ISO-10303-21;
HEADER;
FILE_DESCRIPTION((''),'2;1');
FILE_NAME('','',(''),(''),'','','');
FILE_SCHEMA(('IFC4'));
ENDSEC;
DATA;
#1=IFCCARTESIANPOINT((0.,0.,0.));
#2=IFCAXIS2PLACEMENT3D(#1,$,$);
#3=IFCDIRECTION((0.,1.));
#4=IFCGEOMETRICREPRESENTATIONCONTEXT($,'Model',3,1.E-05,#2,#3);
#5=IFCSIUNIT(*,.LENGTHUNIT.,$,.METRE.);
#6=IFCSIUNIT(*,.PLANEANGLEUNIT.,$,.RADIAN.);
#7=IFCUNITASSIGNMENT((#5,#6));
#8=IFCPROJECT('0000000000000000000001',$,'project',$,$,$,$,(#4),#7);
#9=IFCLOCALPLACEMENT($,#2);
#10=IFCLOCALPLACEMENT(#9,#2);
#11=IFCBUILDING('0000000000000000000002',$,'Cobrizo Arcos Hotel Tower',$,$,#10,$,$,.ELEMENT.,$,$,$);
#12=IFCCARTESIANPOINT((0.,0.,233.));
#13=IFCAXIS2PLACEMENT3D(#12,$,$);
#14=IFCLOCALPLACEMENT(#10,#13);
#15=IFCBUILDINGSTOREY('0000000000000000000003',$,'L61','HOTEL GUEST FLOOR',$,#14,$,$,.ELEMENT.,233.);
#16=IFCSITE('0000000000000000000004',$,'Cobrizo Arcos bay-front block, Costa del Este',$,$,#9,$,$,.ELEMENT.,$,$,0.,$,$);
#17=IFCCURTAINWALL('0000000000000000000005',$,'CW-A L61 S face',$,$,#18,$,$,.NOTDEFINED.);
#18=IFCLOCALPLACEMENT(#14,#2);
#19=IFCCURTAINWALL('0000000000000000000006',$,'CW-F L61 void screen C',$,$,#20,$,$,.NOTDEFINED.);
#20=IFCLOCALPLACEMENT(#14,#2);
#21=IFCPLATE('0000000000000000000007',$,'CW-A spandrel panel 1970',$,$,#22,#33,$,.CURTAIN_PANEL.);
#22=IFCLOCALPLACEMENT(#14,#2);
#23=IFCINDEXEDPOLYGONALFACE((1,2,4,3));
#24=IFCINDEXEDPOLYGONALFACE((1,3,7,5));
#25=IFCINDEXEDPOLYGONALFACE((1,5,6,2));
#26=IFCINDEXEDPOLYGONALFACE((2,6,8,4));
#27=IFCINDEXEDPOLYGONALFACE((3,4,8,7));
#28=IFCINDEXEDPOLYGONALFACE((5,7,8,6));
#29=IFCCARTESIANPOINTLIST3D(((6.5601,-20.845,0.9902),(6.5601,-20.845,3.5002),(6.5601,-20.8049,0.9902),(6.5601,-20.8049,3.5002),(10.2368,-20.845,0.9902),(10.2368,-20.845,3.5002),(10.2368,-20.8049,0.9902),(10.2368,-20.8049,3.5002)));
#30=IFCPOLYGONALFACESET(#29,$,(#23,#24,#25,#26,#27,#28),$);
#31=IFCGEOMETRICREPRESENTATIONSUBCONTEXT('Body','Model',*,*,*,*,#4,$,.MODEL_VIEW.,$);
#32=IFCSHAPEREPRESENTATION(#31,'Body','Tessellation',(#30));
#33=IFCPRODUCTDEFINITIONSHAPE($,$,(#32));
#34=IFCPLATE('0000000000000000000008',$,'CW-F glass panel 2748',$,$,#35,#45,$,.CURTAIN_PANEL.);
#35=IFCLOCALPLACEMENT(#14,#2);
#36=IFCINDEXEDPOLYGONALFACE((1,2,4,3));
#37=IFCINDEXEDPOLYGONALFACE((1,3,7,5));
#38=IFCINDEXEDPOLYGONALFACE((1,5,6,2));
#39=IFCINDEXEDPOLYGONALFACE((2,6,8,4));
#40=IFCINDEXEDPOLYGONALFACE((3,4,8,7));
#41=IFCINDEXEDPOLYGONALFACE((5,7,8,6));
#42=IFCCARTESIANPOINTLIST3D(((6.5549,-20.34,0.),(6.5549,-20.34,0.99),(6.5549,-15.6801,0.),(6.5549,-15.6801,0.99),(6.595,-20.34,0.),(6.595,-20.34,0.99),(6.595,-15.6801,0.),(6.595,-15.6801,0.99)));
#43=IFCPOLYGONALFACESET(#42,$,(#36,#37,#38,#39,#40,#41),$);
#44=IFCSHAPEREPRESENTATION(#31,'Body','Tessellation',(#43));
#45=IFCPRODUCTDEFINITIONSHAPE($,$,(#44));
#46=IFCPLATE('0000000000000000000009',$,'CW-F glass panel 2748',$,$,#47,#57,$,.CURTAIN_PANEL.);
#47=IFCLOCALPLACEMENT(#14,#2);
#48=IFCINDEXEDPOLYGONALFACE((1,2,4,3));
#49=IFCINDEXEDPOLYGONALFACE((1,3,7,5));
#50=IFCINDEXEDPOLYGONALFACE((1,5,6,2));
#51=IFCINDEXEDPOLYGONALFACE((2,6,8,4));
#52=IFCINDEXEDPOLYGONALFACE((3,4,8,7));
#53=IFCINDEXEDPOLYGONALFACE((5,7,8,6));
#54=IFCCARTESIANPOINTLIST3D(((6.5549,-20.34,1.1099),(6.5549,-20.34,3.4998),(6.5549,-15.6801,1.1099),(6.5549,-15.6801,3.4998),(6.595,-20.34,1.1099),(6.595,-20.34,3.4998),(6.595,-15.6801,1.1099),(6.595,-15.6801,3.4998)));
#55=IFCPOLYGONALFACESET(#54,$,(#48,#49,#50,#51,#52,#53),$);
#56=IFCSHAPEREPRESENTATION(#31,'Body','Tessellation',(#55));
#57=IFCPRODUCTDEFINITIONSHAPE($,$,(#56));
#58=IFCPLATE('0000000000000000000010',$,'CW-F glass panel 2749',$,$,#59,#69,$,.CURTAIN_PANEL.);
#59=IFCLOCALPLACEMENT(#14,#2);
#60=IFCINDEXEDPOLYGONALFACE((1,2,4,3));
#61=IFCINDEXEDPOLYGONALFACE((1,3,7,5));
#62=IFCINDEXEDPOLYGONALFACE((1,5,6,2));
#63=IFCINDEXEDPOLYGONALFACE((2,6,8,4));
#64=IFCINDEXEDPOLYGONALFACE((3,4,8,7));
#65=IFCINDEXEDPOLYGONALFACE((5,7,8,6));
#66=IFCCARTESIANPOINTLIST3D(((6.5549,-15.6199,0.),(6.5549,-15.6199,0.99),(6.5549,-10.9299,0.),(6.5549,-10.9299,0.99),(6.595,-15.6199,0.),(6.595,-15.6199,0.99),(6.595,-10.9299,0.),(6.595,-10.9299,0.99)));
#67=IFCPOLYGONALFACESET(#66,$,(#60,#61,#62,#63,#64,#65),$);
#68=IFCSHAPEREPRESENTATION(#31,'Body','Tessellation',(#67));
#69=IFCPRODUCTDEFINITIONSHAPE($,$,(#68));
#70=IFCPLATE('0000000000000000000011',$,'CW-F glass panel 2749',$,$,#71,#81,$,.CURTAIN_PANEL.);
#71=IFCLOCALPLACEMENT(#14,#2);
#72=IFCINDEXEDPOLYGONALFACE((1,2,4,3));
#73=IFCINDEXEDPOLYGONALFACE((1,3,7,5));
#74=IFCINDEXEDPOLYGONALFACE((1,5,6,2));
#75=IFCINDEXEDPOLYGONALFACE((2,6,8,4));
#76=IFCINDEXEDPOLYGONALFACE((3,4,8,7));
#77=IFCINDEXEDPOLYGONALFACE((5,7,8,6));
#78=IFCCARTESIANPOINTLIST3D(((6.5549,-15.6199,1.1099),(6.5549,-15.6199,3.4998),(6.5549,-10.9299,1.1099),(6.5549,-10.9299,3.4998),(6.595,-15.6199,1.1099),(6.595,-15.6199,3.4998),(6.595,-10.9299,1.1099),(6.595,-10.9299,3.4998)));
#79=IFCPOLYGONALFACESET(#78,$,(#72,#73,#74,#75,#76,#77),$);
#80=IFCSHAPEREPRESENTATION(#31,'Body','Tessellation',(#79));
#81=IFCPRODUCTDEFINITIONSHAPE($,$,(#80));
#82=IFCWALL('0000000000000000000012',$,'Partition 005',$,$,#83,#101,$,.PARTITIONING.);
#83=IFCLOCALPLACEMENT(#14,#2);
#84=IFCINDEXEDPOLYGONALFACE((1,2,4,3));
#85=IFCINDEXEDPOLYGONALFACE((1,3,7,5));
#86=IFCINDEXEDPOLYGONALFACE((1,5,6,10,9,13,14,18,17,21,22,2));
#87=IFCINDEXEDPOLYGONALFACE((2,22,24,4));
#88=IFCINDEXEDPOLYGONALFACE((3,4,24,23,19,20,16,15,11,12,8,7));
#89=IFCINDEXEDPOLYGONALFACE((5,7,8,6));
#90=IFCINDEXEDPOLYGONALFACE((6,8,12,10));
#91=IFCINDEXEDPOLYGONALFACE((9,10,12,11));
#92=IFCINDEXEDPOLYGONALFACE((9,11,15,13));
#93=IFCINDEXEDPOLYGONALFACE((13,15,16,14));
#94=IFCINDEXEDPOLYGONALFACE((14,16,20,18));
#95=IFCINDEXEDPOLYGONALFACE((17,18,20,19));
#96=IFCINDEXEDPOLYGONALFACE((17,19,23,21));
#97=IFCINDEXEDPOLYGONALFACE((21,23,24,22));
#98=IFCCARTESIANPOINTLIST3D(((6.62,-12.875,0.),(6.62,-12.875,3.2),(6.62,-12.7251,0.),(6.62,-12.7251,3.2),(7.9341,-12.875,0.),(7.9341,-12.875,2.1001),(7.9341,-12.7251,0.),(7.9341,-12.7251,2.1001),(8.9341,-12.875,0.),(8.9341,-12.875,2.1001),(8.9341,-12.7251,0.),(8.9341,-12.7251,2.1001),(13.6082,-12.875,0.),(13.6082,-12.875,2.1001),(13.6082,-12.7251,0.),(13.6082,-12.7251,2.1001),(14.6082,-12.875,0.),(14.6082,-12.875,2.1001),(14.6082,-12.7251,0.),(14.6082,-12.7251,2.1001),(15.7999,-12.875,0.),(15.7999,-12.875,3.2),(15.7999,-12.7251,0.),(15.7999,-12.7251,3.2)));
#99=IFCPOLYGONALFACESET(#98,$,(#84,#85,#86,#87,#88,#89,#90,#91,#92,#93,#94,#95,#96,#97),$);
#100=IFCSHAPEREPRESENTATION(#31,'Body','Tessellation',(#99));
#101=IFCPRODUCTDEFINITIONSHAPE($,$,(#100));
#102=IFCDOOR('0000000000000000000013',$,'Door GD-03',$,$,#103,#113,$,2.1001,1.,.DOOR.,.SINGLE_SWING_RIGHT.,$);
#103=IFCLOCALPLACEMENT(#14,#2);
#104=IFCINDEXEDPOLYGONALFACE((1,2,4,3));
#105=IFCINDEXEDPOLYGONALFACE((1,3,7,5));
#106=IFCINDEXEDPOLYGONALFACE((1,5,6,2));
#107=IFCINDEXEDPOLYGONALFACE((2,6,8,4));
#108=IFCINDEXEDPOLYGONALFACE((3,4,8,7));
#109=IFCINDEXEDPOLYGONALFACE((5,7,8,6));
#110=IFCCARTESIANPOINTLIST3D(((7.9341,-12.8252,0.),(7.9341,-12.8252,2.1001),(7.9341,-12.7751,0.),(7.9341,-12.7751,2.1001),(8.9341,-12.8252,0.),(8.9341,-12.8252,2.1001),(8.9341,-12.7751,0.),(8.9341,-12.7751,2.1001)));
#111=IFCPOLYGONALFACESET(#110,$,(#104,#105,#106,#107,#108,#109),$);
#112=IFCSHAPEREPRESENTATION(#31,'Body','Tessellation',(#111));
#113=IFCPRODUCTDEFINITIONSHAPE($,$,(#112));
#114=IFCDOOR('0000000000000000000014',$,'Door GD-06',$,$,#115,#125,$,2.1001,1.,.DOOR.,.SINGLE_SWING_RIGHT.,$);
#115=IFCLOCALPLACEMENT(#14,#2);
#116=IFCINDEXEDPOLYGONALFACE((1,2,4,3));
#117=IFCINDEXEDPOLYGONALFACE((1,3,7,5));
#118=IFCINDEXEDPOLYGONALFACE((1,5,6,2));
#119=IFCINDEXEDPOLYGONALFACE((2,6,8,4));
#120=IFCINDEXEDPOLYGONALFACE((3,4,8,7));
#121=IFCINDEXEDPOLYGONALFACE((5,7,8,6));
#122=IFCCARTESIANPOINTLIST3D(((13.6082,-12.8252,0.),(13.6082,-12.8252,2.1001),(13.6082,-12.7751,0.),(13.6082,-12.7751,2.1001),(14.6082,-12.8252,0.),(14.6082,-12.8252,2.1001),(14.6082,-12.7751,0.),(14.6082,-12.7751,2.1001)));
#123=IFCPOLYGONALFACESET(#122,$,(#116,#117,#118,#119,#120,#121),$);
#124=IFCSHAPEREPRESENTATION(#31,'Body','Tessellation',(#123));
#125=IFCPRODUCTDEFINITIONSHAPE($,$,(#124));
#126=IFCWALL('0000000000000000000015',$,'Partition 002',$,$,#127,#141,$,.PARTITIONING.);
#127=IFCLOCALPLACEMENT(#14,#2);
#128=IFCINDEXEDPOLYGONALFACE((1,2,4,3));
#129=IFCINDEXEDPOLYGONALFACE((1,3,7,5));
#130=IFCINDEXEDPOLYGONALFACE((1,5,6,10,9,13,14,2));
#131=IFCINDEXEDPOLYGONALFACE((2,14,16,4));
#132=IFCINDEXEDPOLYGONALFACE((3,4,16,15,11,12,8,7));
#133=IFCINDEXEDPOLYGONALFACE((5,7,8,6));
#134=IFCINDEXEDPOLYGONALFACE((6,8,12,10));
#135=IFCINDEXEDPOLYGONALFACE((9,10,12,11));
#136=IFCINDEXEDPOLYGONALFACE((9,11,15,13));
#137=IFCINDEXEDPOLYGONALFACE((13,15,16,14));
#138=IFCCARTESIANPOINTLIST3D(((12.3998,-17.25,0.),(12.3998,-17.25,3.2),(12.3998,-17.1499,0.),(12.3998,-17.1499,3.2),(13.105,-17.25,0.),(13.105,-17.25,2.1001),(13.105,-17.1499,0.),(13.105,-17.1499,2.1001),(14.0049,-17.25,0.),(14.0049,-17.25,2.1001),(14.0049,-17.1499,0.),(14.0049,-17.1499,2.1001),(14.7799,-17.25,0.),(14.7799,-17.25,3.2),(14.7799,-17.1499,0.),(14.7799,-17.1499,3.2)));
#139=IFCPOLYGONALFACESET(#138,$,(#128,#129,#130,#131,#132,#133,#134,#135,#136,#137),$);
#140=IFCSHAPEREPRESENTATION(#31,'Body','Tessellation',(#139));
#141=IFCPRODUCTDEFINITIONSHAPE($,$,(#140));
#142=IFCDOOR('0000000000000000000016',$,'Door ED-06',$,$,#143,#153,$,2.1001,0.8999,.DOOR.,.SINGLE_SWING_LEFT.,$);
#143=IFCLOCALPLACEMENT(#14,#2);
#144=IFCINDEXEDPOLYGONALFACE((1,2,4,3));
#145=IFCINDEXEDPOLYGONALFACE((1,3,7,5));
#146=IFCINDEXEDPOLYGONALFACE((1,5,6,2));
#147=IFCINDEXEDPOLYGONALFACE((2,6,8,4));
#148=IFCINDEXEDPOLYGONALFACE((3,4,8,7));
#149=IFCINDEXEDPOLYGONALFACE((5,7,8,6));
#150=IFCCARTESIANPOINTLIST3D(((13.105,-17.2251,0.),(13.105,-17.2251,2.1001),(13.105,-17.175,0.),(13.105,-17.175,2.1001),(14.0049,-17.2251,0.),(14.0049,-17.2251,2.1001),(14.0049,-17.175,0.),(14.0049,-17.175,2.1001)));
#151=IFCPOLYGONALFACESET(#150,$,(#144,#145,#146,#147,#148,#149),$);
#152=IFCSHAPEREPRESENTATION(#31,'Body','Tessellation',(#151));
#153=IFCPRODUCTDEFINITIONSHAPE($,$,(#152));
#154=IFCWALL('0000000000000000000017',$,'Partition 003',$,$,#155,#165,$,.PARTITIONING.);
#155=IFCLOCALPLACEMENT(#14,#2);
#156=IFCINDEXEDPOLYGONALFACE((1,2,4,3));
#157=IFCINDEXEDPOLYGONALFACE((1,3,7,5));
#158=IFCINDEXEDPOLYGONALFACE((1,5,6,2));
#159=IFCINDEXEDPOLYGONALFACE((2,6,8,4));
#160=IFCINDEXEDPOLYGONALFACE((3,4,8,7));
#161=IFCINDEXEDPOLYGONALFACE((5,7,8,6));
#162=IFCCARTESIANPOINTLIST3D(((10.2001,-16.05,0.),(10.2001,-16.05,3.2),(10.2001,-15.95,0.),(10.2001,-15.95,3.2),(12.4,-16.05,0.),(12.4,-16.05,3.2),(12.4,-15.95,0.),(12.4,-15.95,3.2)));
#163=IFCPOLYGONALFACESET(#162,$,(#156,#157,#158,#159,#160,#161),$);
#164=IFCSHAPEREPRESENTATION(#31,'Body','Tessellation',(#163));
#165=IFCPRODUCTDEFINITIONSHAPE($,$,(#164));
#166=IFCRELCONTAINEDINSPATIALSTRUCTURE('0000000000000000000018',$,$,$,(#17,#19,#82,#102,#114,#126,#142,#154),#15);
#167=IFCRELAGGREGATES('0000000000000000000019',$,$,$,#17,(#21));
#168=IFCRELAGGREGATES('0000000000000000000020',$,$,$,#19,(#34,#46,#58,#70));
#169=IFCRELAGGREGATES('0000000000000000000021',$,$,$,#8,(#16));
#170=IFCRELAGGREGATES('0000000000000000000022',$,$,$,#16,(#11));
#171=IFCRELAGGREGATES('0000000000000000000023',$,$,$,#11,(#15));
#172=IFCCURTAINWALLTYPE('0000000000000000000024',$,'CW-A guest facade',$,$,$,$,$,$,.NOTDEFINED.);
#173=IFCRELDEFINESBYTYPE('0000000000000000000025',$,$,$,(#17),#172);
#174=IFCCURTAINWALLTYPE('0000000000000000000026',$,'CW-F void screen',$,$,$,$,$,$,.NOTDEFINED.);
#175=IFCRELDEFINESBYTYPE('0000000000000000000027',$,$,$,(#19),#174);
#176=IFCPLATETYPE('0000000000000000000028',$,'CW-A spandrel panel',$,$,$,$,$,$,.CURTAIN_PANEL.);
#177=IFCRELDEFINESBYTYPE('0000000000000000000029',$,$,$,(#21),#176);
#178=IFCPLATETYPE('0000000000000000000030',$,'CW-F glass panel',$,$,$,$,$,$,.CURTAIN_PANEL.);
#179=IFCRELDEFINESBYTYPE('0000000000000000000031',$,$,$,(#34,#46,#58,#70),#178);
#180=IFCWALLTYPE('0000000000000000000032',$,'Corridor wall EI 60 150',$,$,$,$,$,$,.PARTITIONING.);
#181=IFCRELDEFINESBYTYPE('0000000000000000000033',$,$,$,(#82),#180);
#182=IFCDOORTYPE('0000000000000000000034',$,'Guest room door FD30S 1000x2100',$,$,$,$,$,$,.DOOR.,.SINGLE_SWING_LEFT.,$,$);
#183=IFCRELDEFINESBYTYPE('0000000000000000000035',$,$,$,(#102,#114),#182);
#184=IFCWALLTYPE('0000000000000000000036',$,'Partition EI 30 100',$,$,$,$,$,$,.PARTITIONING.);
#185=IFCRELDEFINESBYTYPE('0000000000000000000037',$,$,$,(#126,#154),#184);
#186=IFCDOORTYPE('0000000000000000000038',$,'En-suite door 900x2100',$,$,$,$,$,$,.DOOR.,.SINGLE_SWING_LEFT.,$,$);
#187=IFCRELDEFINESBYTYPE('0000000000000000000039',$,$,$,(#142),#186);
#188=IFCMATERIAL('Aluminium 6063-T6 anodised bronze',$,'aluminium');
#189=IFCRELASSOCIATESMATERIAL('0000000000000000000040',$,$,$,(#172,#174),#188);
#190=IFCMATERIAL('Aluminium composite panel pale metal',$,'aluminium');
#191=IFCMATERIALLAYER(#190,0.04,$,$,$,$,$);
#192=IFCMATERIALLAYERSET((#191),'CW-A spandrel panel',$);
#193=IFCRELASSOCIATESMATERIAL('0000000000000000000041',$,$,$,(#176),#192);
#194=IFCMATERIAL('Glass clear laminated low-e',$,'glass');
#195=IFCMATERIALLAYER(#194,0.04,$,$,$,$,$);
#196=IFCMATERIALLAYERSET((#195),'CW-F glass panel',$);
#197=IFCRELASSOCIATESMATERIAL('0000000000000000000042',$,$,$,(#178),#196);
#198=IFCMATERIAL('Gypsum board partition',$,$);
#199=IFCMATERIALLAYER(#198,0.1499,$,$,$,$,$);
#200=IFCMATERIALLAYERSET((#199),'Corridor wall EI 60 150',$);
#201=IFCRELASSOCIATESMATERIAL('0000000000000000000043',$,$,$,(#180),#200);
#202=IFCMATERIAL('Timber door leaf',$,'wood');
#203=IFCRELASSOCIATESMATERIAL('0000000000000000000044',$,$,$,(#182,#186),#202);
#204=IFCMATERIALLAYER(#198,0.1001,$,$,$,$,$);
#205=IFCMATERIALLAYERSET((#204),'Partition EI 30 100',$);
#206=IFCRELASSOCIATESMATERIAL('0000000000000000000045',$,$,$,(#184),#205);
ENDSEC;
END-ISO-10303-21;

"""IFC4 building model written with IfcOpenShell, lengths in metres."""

from ifc_helpers import new_model, si_unit, direction, frame, frame_2d, origin, origin_2d, place, context, subcontext, project, spatial, rectangle, extrude, material, layer, layer_set, type_object, element, fill, aggregate, save


model = new_model("IFC4")

# Units and contexts
model_context = context("Model", 3, precision=1e-05, world=origin(), true_north=direction((0.0, 1.0)))
body_context = subcontext(model_context, "Body", "Model", "MODEL_VIEW")
ifc_project = project(units=[si_unit("LENGTHUNIT", "METRE"), si_unit("PLANEANGLEUNIT", "RADIAN")], contexts=[model_context])

# Site, building, storey
site_placement = place(None, origin())
site = spatial("IfcSite", under=ifc_project, at=site_placement, Name="Cobrizo Arcos bay-front block, Costa del Este", CompositionType="ELEMENT", RefElevation=0.0)
building_placement = place(site_placement, origin())
building = spatial("IfcBuilding", under=site, at=building_placement, Name="Cobrizo Arcos Hotel Tower", CompositionType="ELEMENT")
storey_placement = place(building_placement, frame((0.0, 0.0, 233.0)))
storey = spatial("IfcBuildingStorey", under=building, at=storey_placement, Name="L61", Description="HOTEL GUEST FLOOR", CompositionType="ELEMENT", Elevation=233.0)

# Curtain walls
ifc_material_1 = material(Name="Aluminium 6063-T6 anodised bronze", Category="aluminium")
curtain_wall_type_1 = type_object("IfcCurtainWallType", Name="CW-A guest facade", PredefinedType="NOTDEFINED", material=ifc_material_1)
curtain_wall_1_placement = place(storey_placement, origin())
curtain_wall_1 = element("IfcCurtainWall", 1, at=curtain_wall_1_placement, inside=storey, type_object=curtain_wall_type_1, Name="CW-A L61 S face", PredefinedType="NOTDEFINED")
curtain_wall_type_2 = type_object("IfcCurtainWallType", Name="CW-F void screen", PredefinedType="NOTDEFINED", material=ifc_material_1)
curtain_wall_2_placement = place(storey_placement, origin())
curtain_wall_2 = element("IfcCurtainWall", 2, at=curtain_wall_2_placement, inside=storey, type_object=curtain_wall_type_2, Name="CW-F L61 void screen C", PredefinedType="NOTDEFINED")

# Plates
ifc_material_2 = material(Name="Aluminium composite panel pale metal", Category="aluminium")
ifc_layer_1 = layer(ifc_material_2, 0.04)
ifc_layer_set_1 = layer_set([ifc_layer_1], Name="CW-A spandrel panel")
plate_type_1 = type_object("IfcPlateType", Name="CW-A spandrel panel", PredefinedType="CURTAIN_PANEL", material=ifc_layer_set_1)
plate_1_placement = place(storey_placement, frame((8.3984, -20.825, 0.9902), z_axis=(0.0, 0.0, 1.0), x_axis=(1.0, 0.0, 0.0)))
plate_1 = element("IfcPlate", 3, at=plate_1_placement, type_object=plate_type_1, Name="CW-A spandrel panel 1970", PredefinedType="CURTAIN_PANEL", context=body_context, shape_type="SweptSolid", body=[
    extrude(rectangle(XDim=3.6768, YDim=0.04, at=origin_2d()), origin(), (0.0, 0.0, 1.0), 2.51),
])
aggregate(curtain_wall_1, [plate_1])
ifc_material_3 = material(Name="Glass clear laminated low-e", Category="glass")
ifc_layer_2 = layer(ifc_material_3, 0.04)
ifc_layer_set_2 = layer_set([ifc_layer_2], Name="CW-F glass panel")
plate_type_2 = type_object("IfcPlateType", Name="CW-F glass panel", PredefinedType="CURTAIN_PANEL", material=ifc_layer_set_2)
plate_2_placement = place(storey_placement, frame((6.575, -18.01, 0.0), z_axis=(0.0, 0.0, 1.0), x_axis=(0.0, 1.0, 0.0)))
plate_2 = element("IfcPlate", 4, at=plate_2_placement, type_object=plate_type_2, Name="CW-F glass panel 2748", PredefinedType="CURTAIN_PANEL", context=body_context, shape_type="SweptSolid", body=[
    extrude(rectangle(XDim=4.6599, YDim=0.04, at=origin_2d()), origin(), (0.0, 0.0, 1.0), 0.99),
])
plate_3_placement = place(storey_placement, frame((6.575, -18.01, 1.1099), z_axis=(0.0, 0.0, 1.0), x_axis=(0.0, 1.0, 0.0)))
plate_3 = element("IfcPlate", 5, at=plate_3_placement, type_object=plate_type_2, Name="CW-F glass panel 2748", PredefinedType="CURTAIN_PANEL", context=body_context, shape_type="SweptSolid", body=[
    extrude(rectangle(XDim=4.6599, YDim=0.04, at=origin_2d()), origin(), (0.0, 0.0, 1.0), 2.3899),
])
plate_4_placement = place(storey_placement, frame((6.575, -13.2749, 0.0), z_axis=(0.0, 0.0, 1.0), x_axis=(0.0, 1.0, 0.0)))
plate_4 = element("IfcPlate", 6, at=plate_4_placement, type_object=plate_type_2, Name="CW-F glass panel 2749", PredefinedType="CURTAIN_PANEL", context=body_context, shape_type="SweptSolid", body=[
    extrude(rectangle(XDim=4.6899, YDim=0.04, at=origin_2d()), origin(), (0.0, 0.0, 1.0), 0.99),
])
plate_5_placement = place(storey_placement, frame((6.575, -13.2749, 1.1099), z_axis=(0.0, 0.0, 1.0), x_axis=(0.0, 1.0, 0.0)))
plate_5 = element("IfcPlate", 7, at=plate_5_placement, type_object=plate_type_2, Name="CW-F glass panel 2749", PredefinedType="CURTAIN_PANEL", context=body_context, shape_type="SweptSolid", body=[
    extrude(rectangle(XDim=4.6899, YDim=0.04, at=origin_2d()), origin(), (0.0, 0.0, 1.0), 2.3899),
])
aggregate(curtain_wall_2, [plate_2, plate_3, plate_4, plate_5])

# Wall, openings, doors
ifc_material_4 = material(Name="Gypsum board partition")
ifc_layer_3 = layer(ifc_material_4, 0.1499)
ifc_layer_set_3 = layer_set([ifc_layer_3], Name="Corridor wall EI 60 150")
wall_type_1 = type_object("IfcWallType", Name="Corridor wall EI 60 150", PredefinedType="PARTITIONING", material=ifc_layer_set_3)
wall_1_placement = place(storey_placement, frame((6.6201, -12.8, 0.0), z_axis=(0.0, 0.0, 1.0), x_axis=(1.0, 0.0, 0.0)))
wall_1 = element("IfcWall", 8, at=wall_1_placement, inside=storey, type_object=wall_type_1, Name="Partition 005", PredefinedType="PARTITIONING", context=body_context, shape_type="SweptSolid", body=[
    extrude(rectangle(XDim=9.1799, YDim=0.1499, at=frame_2d((4.5898, 0.0))), origin(), (0.0, 0.0, 1.0), 3.2),
])
opening_1_placement = place(wall_1_placement, frame((1.314, 0.0, 0.0)))
opening_1 = element("IfcOpeningElement", 9, at=opening_1_placement, cuts=wall_1, PredefinedType="OPENING", context=body_context, shape_type="SweptSolid", body=[
    extrude(rectangle(XDim=1.0, YDim=2.1001, at=frame_2d((0.5, 1.05))), frame((0.0, 0.0869, 0.0), z_axis=(0.0, -1.0, 0.0), x_axis=(1.0, 0.0, 0.0)), (0.0, 0.0, 1.0), 0.1738),
])
opening_2_placement = place(wall_1_placement, frame((6.988, 0.0, 0.0)))
opening_2 = element("IfcOpeningElement", 10, at=opening_2_placement, cuts=wall_1, PredefinedType="OPENING", context=body_context, shape_type="SweptSolid", body=[
    extrude(rectangle(XDim=1.0, YDim=2.1001, at=frame_2d((0.5, 1.05))), frame((0.0, 0.0869, 0.0), z_axis=(0.0, -1.0, 0.0), x_axis=(1.0, 0.0, 0.0)), (0.0, 0.0, 1.0), 0.1738),
])
ifc_material_5 = material(Name="Timber door leaf", Category="wood")
door_type_1 = type_object("IfcDoorType", Name="Guest room door FD30S 1000x2100", OperationType="SINGLE_SWING_LEFT", PredefinedType="DOOR", material=ifc_material_5)
door_1_placement = place(opening_1_placement, origin())
door_1 = element("IfcDoor", 11, at=door_1_placement, inside=storey, type_object=door_type_1, Name="Door GD-03", OperationType="SINGLE_SWING_RIGHT", OverallHeight=2.1001, OverallWidth=1.0, PredefinedType="DOOR", context=body_context, shape_type="SweptSolid", body=[
    extrude(rectangle(XDim=1.0, YDim=2.1001, at=frame_2d((0.5, 1.05))), frame((0.0, 0.0249, 0.0), z_axis=(0.0, -1.0, 0.0), x_axis=(1.0, 0.0, 0.0)), (0.0, 0.0, 1.0), 0.05),
])
fill(opening_1, door_1)
door_2_placement = place(opening_2_placement, origin())
door_2 = element("IfcDoor", 12, at=door_2_placement, inside=storey, type_object=door_type_1, Name="Door GD-06", OperationType="SINGLE_SWING_RIGHT", OverallHeight=2.1001, OverallWidth=1.0, PredefinedType="DOOR", context=body_context, shape_type="SweptSolid", body=[
    extrude(rectangle(XDim=1.0, YDim=2.1001, at=frame_2d((0.5, 1.05))), frame((0.0, 0.0249, 0.0), z_axis=(0.0, -1.0, 0.0), x_axis=(1.0, 0.0, 0.0)), (0.0, 0.0, 1.0), 0.05),
])
fill(opening_2, door_2)

# Wall, opening, door
ifc_layer_4 = layer(ifc_material_4, 0.1001)
ifc_layer_set_4 = layer_set([ifc_layer_4], Name="Partition EI 30 100")
wall_type_2 = type_object("IfcWallType", Name="Partition EI 30 100", PredefinedType="PARTITIONING", material=ifc_layer_set_4)
wall_2_placement = place(storey_placement, frame((12.3999, -17.2, 0.0), z_axis=(0.0, 0.0, 1.0), x_axis=(1.0, 0.0, 0.0)))
wall_2 = element("IfcWall", 13, at=wall_2_placement, inside=storey, type_object=wall_type_2, Name="Partition 002", PredefinedType="PARTITIONING", context=body_context, shape_type="SweptSolid", body=[
    extrude(rectangle(XDim=2.3801, YDim=0.1001, at=frame_2d((1.1899, 0.0))), origin(), (0.0, 0.0, 1.0), 3.2),
])
opening_3_placement = place(wall_2_placement, frame((0.7051, 0.0, 0.0)))
opening_3 = element("IfcOpeningElement", 14, at=opening_3_placement, cuts=wall_2, PredefinedType="OPENING", context=body_context, shape_type="SweptSolid", body=[
    extrude(rectangle(XDim=0.8999, YDim=2.1001, at=frame_2d((0.45, 1.05))), frame((0.0, 0.062, 0.0), z_axis=(0.0, -1.0, 0.0), x_axis=(1.0, 0.0, 0.0)), (0.0, 0.0, 1.0), 0.124),
])
door_type_2 = type_object("IfcDoorType", Name="En-suite door 900x2100", OperationType="SINGLE_SWING_LEFT", PredefinedType="DOOR", material=ifc_material_5)
door_3_placement = place(opening_3_placement, origin())
door_3 = element("IfcDoor", 15, at=door_3_placement, inside=storey, type_object=door_type_2, Name="Door ED-06", OperationType="SINGLE_SWING_LEFT", OverallHeight=2.1001, OverallWidth=0.8999, PredefinedType="DOOR", context=body_context, shape_type="SweptSolid", body=[
    extrude(rectangle(XDim=0.8999, YDim=2.1001, at=frame_2d((0.45, 1.05))), frame((0.0, 0.0249, 0.0), z_axis=(0.0, -1.0, 0.0), x_axis=(1.0, 0.0, 0.0)), (0.0, 0.0, 1.0), 0.05),
])
fill(opening_3, door_3)

# Wall
wall_3_placement = place(storey_placement, frame((10.2, -16.0, 0.0), z_axis=(0.0, 0.0, 1.0), x_axis=(1.0, 0.0, 0.0)))
element("IfcWall", 16, at=wall_3_placement, inside=storey, type_object=wall_type_2, Name="Partition 003", PredefinedType="PARTITIONING", context=body_context, shape_type="SweptSolid", body=[
    extrude(rectangle(XDim=2.2, YDim=0.1001, at=frame_2d((1.1001, 0.0))), origin(), (0.0, 0.0, 1.0), 3.2),
])

save(model, "model.ifc")
